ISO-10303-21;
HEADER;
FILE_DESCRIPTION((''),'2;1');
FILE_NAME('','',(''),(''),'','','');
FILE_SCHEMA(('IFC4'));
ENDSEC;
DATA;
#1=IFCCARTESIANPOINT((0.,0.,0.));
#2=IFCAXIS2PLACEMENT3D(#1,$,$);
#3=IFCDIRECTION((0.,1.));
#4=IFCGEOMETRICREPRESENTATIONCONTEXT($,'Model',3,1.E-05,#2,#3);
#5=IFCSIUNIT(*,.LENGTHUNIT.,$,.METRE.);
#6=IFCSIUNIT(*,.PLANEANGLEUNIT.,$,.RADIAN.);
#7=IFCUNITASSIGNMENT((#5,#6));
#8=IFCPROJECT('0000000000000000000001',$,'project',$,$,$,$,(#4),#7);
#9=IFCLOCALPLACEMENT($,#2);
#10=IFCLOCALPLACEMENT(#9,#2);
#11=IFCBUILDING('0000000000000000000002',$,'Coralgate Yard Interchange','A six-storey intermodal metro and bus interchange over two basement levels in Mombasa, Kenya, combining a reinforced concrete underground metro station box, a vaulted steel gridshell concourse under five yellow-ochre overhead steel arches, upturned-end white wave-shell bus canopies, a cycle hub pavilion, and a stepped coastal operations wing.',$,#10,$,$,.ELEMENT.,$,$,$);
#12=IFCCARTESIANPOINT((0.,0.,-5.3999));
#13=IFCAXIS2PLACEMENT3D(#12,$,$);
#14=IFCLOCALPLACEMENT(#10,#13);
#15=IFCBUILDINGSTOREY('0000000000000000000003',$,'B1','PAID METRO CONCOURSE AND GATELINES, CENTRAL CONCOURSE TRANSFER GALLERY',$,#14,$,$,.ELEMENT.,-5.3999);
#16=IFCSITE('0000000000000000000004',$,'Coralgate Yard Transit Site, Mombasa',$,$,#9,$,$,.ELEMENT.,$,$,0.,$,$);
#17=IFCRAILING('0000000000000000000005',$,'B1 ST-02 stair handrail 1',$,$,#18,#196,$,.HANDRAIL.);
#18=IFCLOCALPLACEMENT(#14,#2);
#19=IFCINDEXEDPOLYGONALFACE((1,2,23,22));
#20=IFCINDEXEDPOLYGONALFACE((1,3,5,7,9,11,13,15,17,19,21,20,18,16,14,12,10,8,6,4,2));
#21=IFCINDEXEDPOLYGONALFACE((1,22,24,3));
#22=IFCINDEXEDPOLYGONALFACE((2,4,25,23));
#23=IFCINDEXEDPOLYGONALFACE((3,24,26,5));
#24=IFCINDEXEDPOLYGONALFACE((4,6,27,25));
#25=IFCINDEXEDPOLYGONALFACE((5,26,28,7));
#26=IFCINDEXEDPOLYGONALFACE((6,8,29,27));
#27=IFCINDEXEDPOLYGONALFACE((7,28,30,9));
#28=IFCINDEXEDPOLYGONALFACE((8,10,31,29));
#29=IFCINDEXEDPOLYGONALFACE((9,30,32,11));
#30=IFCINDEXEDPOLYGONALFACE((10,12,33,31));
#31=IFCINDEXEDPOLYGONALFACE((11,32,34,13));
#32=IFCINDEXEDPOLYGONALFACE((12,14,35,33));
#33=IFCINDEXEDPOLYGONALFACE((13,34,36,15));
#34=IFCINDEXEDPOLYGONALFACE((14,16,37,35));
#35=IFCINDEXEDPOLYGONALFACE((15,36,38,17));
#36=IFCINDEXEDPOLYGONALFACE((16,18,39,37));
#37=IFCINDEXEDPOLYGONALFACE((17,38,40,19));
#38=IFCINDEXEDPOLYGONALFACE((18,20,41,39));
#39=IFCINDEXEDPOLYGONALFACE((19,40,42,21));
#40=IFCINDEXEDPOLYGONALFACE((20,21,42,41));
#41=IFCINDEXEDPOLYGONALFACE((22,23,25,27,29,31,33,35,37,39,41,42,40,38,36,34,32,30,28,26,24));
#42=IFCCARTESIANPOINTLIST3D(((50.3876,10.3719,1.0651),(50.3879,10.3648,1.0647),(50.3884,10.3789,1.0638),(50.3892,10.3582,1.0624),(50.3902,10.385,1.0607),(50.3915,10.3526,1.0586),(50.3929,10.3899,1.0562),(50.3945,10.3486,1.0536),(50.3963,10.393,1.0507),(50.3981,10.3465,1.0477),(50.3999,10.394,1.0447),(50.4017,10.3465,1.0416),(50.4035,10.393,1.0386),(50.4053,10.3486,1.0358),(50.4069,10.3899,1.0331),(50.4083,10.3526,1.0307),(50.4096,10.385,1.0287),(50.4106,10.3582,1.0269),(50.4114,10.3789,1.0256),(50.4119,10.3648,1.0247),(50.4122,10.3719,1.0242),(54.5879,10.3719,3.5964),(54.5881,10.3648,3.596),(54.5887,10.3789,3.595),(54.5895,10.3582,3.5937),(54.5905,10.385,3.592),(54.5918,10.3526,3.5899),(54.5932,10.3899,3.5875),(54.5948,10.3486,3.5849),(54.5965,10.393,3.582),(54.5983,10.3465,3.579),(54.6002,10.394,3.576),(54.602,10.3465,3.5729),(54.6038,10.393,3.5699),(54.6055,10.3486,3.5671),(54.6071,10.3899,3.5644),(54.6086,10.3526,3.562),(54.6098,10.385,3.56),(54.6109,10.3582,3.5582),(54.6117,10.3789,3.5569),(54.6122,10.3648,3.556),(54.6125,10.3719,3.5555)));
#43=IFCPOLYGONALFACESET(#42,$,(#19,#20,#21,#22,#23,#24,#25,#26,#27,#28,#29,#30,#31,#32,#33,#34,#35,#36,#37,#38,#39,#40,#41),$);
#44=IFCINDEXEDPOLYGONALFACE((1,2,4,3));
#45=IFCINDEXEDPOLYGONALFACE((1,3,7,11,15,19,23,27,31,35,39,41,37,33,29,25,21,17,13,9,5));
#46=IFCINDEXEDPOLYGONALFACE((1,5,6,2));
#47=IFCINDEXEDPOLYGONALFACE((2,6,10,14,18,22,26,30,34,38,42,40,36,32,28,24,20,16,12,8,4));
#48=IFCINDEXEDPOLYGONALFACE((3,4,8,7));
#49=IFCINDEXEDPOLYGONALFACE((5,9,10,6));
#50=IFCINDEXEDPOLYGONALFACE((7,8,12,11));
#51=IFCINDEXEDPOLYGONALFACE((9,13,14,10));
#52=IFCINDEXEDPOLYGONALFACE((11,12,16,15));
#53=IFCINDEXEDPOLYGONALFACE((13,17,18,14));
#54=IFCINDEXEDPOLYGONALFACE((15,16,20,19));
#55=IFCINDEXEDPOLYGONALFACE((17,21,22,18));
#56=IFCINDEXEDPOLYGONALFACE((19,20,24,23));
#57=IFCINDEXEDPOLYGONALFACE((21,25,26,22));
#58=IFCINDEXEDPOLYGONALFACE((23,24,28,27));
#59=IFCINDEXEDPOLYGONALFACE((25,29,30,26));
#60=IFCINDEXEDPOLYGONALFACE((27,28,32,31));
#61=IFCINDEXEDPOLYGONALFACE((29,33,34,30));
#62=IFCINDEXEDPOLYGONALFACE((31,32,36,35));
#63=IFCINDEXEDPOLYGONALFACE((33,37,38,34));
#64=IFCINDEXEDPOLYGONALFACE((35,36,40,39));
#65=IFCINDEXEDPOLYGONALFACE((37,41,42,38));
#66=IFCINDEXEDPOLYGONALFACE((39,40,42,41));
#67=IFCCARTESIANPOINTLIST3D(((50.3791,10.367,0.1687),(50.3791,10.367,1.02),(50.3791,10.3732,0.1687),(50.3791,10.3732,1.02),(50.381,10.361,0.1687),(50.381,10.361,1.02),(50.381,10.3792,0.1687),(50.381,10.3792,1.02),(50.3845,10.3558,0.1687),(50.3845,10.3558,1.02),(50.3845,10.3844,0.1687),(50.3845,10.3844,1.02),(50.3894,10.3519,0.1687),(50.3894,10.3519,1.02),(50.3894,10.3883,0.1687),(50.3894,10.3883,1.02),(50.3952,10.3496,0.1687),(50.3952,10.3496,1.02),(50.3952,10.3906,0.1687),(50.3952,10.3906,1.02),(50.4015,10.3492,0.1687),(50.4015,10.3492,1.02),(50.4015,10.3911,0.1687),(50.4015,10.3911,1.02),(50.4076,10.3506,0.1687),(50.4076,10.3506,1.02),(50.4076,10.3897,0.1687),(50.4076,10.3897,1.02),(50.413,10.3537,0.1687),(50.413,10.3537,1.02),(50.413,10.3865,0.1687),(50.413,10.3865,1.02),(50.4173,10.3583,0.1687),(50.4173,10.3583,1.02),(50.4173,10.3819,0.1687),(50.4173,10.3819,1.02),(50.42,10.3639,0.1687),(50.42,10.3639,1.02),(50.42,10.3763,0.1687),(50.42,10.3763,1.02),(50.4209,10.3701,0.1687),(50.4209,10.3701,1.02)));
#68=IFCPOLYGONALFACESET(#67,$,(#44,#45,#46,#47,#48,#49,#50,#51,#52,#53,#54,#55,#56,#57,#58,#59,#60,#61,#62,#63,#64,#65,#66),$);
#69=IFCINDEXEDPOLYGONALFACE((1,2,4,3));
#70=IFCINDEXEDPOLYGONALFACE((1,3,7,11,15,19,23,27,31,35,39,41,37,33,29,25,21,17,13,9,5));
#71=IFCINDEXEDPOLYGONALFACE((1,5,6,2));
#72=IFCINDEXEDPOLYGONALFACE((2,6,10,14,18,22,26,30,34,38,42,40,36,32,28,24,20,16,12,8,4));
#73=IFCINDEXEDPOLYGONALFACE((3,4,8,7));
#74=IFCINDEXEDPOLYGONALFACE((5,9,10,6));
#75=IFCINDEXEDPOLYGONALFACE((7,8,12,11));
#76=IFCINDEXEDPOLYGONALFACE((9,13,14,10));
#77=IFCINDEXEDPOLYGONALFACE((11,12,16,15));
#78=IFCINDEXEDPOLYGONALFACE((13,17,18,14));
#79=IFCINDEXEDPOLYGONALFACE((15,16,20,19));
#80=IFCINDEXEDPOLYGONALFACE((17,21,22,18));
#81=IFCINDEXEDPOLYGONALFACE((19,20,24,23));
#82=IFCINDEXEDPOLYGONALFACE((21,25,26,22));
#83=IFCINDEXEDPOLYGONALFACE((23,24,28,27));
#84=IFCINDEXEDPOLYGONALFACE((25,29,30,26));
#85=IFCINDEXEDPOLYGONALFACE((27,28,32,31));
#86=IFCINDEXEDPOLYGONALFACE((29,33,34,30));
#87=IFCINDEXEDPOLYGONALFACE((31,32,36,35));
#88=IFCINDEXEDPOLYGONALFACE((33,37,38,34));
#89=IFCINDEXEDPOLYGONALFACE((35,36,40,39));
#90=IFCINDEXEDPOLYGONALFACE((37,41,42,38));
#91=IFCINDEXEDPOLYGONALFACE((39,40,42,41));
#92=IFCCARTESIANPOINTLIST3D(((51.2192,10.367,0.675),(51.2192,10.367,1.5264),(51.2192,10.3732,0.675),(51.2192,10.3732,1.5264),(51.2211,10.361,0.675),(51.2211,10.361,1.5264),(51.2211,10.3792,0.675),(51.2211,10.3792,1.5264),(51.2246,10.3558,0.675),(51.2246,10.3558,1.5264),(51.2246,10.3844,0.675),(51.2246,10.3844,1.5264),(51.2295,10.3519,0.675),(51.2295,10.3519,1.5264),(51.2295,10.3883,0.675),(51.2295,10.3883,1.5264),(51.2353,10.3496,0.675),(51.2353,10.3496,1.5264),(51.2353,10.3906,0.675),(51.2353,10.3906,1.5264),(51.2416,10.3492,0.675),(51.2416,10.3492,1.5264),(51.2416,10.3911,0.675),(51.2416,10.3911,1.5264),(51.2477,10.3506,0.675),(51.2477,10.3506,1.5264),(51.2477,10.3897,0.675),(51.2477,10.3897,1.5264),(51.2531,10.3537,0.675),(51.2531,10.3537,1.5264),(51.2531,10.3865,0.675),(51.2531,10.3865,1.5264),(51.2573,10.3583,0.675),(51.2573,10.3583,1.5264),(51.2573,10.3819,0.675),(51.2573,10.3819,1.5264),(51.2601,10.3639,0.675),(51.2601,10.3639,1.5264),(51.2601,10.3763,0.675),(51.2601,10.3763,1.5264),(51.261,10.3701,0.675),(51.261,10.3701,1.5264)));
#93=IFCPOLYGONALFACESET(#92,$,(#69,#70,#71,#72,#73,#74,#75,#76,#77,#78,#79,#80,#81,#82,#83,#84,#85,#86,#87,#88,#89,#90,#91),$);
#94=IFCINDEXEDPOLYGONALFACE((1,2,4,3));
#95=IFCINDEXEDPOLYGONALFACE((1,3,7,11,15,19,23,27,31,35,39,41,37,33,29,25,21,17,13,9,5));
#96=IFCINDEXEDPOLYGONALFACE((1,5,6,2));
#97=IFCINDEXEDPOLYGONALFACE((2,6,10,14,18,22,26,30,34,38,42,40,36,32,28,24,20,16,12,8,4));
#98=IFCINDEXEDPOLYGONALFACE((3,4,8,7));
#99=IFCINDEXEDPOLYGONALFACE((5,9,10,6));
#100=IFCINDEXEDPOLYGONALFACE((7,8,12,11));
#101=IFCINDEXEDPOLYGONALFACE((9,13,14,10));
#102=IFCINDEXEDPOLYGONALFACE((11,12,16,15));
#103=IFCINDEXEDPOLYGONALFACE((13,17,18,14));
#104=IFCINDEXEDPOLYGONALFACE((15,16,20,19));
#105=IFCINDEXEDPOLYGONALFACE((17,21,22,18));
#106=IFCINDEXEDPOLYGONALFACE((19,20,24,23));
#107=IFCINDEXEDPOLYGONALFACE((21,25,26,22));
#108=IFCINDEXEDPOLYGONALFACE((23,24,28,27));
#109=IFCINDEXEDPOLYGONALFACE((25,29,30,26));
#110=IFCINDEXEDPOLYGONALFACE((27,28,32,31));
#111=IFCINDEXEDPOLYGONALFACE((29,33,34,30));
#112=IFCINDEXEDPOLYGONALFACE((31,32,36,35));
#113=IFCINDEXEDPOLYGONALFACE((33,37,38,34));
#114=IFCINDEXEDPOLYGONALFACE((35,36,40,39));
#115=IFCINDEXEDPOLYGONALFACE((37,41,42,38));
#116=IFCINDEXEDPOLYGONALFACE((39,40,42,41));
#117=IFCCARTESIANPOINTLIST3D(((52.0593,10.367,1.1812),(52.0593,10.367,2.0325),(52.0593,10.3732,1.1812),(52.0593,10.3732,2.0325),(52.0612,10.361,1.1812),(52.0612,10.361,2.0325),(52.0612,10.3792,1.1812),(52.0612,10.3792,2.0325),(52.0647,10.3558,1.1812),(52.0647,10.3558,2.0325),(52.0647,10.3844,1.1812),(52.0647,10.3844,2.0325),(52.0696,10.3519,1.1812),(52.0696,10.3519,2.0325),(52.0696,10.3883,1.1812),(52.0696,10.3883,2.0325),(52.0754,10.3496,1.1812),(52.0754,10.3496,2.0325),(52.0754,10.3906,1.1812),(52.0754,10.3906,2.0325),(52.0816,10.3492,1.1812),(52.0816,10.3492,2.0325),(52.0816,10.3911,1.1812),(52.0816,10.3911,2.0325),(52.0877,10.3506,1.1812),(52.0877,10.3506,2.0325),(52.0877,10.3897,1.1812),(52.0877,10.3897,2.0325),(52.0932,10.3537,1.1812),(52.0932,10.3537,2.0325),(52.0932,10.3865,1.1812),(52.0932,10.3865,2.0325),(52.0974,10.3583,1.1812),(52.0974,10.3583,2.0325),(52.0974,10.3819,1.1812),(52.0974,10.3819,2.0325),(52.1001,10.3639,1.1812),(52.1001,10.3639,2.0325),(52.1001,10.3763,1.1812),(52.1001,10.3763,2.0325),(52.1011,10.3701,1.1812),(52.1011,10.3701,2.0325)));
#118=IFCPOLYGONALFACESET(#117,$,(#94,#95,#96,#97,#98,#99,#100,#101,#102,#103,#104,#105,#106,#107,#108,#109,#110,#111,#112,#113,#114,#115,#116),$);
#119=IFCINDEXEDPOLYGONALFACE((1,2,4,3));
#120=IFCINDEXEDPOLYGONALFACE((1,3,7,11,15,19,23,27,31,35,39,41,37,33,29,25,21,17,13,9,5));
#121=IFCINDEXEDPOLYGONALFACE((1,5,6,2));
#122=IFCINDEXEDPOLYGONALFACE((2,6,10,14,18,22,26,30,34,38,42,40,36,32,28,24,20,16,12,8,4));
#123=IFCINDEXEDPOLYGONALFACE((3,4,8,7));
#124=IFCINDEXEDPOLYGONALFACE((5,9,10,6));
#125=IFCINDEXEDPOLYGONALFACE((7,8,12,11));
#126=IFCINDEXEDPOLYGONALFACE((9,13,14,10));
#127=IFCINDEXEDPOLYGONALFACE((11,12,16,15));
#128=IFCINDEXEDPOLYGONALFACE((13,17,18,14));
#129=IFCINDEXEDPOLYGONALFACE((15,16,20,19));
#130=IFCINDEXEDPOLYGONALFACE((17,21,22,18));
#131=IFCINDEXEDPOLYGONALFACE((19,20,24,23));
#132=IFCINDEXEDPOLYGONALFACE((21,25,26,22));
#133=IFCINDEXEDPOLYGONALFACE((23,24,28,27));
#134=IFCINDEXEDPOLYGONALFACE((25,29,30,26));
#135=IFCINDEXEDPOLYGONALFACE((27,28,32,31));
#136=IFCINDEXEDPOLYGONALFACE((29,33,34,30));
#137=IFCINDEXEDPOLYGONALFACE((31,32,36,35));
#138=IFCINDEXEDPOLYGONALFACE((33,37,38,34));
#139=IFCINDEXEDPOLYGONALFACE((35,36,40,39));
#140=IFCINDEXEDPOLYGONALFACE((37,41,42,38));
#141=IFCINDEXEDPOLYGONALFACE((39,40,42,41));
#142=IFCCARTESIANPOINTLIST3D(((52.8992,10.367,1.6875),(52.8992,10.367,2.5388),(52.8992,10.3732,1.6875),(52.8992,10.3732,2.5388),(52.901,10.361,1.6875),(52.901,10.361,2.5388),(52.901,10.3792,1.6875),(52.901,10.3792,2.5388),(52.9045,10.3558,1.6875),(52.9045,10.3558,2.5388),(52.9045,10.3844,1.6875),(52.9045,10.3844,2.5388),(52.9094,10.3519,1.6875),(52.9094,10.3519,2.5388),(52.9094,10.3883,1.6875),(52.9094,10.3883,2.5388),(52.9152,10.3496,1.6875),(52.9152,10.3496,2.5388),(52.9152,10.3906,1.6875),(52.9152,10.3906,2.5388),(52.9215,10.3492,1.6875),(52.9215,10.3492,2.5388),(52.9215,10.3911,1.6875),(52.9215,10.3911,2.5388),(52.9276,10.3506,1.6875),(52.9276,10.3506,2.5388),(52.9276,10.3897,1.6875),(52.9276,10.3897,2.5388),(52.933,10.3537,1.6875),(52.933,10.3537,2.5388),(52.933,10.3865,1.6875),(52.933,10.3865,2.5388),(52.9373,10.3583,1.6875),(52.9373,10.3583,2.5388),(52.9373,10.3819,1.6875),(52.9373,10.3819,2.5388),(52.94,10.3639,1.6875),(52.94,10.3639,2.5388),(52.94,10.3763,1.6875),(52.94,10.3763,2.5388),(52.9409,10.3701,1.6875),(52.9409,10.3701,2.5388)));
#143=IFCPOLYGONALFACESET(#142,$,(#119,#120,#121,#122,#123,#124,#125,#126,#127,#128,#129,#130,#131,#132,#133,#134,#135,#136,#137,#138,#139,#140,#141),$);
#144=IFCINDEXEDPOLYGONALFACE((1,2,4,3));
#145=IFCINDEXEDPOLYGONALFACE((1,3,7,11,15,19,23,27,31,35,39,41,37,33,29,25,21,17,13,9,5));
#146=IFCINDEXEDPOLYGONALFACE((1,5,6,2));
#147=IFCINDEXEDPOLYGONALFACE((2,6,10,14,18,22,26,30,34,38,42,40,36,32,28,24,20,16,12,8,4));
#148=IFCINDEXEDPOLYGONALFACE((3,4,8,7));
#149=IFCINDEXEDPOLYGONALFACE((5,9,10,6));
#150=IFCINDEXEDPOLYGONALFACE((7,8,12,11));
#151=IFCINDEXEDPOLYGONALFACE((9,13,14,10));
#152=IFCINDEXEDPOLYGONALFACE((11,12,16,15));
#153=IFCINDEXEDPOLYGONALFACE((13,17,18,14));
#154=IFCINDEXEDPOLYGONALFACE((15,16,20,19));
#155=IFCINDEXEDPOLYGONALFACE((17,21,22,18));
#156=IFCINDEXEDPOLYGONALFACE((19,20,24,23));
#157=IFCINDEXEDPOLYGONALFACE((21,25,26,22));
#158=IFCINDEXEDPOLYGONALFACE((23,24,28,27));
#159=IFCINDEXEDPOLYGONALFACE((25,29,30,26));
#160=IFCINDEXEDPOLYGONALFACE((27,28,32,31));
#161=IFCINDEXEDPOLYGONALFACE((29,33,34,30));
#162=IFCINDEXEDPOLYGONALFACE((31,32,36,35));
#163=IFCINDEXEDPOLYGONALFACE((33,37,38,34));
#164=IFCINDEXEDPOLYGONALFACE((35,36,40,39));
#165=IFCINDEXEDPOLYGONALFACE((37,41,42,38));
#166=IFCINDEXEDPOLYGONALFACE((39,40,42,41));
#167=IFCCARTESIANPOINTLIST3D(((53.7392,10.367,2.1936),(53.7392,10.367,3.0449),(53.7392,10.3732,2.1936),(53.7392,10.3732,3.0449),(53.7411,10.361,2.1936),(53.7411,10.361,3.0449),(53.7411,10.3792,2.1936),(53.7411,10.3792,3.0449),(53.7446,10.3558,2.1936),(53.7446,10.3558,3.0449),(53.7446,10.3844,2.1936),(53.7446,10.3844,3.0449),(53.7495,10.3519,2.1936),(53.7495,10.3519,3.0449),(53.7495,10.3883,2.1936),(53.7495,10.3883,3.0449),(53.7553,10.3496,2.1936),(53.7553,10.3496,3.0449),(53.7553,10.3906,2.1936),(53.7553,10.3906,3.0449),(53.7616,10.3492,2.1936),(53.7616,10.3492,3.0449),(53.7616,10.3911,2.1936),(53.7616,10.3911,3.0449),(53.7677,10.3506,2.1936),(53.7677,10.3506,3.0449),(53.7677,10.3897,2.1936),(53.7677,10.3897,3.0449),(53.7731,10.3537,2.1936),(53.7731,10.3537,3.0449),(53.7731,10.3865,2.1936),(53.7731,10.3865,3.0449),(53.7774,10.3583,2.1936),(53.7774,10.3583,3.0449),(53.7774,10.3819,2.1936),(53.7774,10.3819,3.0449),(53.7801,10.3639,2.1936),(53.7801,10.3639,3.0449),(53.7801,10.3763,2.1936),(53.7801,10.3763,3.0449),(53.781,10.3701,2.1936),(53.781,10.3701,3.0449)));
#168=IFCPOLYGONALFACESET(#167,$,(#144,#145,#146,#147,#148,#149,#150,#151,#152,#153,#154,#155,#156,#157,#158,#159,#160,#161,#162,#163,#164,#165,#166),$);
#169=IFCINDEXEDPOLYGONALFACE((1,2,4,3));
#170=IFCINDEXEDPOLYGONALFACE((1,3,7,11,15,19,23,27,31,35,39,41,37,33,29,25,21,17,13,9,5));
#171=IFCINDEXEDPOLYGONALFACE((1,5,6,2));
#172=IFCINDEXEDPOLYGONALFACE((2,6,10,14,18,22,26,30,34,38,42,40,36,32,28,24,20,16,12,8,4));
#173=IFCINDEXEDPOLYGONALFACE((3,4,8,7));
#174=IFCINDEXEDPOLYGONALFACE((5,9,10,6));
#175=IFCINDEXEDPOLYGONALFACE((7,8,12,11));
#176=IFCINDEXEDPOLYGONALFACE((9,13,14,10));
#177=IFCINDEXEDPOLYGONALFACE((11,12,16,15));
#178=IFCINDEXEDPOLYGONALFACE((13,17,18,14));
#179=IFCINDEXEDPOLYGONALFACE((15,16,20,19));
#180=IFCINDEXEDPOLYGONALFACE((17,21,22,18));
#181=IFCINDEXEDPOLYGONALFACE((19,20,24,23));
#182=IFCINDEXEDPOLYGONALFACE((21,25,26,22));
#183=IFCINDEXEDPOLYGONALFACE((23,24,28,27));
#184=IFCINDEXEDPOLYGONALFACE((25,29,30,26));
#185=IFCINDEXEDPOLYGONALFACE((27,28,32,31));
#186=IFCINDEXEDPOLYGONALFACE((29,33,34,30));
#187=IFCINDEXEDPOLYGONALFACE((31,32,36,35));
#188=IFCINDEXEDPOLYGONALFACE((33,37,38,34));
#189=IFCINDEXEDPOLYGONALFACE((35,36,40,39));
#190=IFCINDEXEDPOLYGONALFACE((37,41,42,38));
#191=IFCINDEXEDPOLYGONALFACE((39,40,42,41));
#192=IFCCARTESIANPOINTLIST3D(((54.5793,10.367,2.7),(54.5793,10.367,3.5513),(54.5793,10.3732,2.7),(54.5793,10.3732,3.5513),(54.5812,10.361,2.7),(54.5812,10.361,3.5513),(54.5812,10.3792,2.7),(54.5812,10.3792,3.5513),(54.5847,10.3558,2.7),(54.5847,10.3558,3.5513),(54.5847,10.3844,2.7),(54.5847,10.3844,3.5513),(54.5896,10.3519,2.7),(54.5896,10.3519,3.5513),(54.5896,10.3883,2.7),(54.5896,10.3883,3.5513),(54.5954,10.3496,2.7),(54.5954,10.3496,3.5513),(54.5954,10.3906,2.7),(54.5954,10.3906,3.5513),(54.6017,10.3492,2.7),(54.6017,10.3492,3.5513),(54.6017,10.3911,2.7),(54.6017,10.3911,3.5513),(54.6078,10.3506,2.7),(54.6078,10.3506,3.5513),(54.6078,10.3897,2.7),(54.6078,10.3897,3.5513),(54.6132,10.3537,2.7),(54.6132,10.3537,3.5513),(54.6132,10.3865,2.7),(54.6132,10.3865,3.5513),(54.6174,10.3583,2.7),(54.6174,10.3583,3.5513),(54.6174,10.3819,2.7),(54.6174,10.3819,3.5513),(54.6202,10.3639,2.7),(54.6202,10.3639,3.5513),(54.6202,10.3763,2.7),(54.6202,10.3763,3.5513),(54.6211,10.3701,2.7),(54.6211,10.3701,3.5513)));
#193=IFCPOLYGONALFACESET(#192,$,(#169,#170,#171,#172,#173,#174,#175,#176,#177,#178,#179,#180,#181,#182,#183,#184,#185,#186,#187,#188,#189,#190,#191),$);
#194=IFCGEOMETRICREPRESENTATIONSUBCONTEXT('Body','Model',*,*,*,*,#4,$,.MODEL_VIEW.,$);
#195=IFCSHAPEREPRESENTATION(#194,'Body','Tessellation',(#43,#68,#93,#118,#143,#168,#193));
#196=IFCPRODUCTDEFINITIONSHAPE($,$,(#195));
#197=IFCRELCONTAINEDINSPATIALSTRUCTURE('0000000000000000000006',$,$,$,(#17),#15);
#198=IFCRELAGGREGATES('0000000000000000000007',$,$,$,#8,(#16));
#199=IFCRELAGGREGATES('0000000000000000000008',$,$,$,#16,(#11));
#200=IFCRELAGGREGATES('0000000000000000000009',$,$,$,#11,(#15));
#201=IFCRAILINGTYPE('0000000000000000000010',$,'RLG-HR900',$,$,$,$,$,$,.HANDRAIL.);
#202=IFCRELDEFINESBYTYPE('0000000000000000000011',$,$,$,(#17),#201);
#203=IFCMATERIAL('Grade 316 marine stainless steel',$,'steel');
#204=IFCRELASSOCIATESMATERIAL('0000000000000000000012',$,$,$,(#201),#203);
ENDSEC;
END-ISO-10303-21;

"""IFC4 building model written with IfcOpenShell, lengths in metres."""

from ifc_helpers import new_model, si_unit, direction, frame, origin, origin_2d, place, context, subcontext, project, spatial, circle, extrude, material, type_object, element, save


model = new_model("IFC4")

# Units and contexts
model_context = context("Model", 3, precision=1e-05, world=origin(), true_north=direction((0.0, 1.0)))
body_context = subcontext(model_context, "Body", "Model", "MODEL_VIEW")
ifc_project = project(units=[si_unit("LENGTHUNIT", "METRE"), si_unit("PLANEANGLEUNIT", "RADIAN")], contexts=[model_context])

# Site, building, storey
site_placement = place(None, origin())
site = spatial("IfcSite", under=ifc_project, at=site_placement, Name="Coralgate Yard Transit Site, Mombasa", CompositionType="ELEMENT", RefElevation=0.0)
building_placement = place(site_placement, origin())
building = spatial("IfcBuilding", under=site, at=building_placement, Name="Coralgate Yard Interchange", Description="A six-storey intermodal metro and bus interchange over two basement levels in Mombasa, Kenya, combining a reinforced concrete underground metro station box, a vaulted steel gridshell concourse under five yellow-ochre overhead steel arches, upturned-end white wave-shell bus canopies, a cycle hub pavilion, and a stepped coastal operations wing.", CompositionType="ELEMENT")
storey_placement = place(building_placement, frame((0.0, 0.0, -5.3999)))
storey = spatial("IfcBuildingStorey", under=building, at=storey_placement, Name="B1", Description="PAID METRO CONCOURSE AND GATELINES, CENTRAL CONCOURSE TRANSFER GALLERY", CompositionType="ELEMENT", Elevation=-5.3999)

# Railing
ifc_material_1 = material(Name="Grade 316 marine stainless steel", Category="steel")
railing_type_1 = type_object("IfcRailingType", Name="RLG-HR900", PredefinedType="HANDRAIL", material=ifc_material_1)
railing_1_placement = place(storey_placement, frame((50.3999, 10.3701, 0.1687)))
element("IfcRailing", 1, at=railing_1_placement, inside=storey, type_object=railing_type_1, Name="B1 ST-02 stair handrail 1", PredefinedType="HANDRAIL", context=body_context, shape_type="SweptSolid", body=[
    extrude(circle(Radius=0.0239, at=origin_2d()), frame((0.0, 0.0, 0.876), z_axis=(0.85649, 0.0, 0.516164), x_axis=(0.0, 1.0, 0.0)), (0.0, 0.0, 1.0), 4.9041),
    extrude(circle(Radius=0.021, at=origin_2d()), origin(), (0.0, 0.0, 1.0), 0.8513),
    extrude(circle(Radius=0.021, at=origin_2d()), frame((0.8401, 0.0, 0.5063)), (0.0, 0.0, 1.0), 0.8513),
    extrude(circle(Radius=0.021, at=origin_2d()), frame((1.6802, 0.0, 1.0125)), (0.0, 0.0, 1.0), 0.8513),
    extrude(circle(Radius=0.021, at=origin_2d()), frame((2.52, 0.0, 1.5188)), (0.0, 0.0, 1.0), 0.8513),
    extrude(circle(Radius=0.021, at=origin_2d()), frame((3.3601, 0.0, 2.0249)), (0.0, 0.0, 1.0), 0.8513),
    extrude(circle(Radius=0.021, at=origin_2d()), frame((4.2002, 0.0, 2.5312)), (0.0, 0.0, 1.0), 0.8513),
])

save(model, "model.ifc")
